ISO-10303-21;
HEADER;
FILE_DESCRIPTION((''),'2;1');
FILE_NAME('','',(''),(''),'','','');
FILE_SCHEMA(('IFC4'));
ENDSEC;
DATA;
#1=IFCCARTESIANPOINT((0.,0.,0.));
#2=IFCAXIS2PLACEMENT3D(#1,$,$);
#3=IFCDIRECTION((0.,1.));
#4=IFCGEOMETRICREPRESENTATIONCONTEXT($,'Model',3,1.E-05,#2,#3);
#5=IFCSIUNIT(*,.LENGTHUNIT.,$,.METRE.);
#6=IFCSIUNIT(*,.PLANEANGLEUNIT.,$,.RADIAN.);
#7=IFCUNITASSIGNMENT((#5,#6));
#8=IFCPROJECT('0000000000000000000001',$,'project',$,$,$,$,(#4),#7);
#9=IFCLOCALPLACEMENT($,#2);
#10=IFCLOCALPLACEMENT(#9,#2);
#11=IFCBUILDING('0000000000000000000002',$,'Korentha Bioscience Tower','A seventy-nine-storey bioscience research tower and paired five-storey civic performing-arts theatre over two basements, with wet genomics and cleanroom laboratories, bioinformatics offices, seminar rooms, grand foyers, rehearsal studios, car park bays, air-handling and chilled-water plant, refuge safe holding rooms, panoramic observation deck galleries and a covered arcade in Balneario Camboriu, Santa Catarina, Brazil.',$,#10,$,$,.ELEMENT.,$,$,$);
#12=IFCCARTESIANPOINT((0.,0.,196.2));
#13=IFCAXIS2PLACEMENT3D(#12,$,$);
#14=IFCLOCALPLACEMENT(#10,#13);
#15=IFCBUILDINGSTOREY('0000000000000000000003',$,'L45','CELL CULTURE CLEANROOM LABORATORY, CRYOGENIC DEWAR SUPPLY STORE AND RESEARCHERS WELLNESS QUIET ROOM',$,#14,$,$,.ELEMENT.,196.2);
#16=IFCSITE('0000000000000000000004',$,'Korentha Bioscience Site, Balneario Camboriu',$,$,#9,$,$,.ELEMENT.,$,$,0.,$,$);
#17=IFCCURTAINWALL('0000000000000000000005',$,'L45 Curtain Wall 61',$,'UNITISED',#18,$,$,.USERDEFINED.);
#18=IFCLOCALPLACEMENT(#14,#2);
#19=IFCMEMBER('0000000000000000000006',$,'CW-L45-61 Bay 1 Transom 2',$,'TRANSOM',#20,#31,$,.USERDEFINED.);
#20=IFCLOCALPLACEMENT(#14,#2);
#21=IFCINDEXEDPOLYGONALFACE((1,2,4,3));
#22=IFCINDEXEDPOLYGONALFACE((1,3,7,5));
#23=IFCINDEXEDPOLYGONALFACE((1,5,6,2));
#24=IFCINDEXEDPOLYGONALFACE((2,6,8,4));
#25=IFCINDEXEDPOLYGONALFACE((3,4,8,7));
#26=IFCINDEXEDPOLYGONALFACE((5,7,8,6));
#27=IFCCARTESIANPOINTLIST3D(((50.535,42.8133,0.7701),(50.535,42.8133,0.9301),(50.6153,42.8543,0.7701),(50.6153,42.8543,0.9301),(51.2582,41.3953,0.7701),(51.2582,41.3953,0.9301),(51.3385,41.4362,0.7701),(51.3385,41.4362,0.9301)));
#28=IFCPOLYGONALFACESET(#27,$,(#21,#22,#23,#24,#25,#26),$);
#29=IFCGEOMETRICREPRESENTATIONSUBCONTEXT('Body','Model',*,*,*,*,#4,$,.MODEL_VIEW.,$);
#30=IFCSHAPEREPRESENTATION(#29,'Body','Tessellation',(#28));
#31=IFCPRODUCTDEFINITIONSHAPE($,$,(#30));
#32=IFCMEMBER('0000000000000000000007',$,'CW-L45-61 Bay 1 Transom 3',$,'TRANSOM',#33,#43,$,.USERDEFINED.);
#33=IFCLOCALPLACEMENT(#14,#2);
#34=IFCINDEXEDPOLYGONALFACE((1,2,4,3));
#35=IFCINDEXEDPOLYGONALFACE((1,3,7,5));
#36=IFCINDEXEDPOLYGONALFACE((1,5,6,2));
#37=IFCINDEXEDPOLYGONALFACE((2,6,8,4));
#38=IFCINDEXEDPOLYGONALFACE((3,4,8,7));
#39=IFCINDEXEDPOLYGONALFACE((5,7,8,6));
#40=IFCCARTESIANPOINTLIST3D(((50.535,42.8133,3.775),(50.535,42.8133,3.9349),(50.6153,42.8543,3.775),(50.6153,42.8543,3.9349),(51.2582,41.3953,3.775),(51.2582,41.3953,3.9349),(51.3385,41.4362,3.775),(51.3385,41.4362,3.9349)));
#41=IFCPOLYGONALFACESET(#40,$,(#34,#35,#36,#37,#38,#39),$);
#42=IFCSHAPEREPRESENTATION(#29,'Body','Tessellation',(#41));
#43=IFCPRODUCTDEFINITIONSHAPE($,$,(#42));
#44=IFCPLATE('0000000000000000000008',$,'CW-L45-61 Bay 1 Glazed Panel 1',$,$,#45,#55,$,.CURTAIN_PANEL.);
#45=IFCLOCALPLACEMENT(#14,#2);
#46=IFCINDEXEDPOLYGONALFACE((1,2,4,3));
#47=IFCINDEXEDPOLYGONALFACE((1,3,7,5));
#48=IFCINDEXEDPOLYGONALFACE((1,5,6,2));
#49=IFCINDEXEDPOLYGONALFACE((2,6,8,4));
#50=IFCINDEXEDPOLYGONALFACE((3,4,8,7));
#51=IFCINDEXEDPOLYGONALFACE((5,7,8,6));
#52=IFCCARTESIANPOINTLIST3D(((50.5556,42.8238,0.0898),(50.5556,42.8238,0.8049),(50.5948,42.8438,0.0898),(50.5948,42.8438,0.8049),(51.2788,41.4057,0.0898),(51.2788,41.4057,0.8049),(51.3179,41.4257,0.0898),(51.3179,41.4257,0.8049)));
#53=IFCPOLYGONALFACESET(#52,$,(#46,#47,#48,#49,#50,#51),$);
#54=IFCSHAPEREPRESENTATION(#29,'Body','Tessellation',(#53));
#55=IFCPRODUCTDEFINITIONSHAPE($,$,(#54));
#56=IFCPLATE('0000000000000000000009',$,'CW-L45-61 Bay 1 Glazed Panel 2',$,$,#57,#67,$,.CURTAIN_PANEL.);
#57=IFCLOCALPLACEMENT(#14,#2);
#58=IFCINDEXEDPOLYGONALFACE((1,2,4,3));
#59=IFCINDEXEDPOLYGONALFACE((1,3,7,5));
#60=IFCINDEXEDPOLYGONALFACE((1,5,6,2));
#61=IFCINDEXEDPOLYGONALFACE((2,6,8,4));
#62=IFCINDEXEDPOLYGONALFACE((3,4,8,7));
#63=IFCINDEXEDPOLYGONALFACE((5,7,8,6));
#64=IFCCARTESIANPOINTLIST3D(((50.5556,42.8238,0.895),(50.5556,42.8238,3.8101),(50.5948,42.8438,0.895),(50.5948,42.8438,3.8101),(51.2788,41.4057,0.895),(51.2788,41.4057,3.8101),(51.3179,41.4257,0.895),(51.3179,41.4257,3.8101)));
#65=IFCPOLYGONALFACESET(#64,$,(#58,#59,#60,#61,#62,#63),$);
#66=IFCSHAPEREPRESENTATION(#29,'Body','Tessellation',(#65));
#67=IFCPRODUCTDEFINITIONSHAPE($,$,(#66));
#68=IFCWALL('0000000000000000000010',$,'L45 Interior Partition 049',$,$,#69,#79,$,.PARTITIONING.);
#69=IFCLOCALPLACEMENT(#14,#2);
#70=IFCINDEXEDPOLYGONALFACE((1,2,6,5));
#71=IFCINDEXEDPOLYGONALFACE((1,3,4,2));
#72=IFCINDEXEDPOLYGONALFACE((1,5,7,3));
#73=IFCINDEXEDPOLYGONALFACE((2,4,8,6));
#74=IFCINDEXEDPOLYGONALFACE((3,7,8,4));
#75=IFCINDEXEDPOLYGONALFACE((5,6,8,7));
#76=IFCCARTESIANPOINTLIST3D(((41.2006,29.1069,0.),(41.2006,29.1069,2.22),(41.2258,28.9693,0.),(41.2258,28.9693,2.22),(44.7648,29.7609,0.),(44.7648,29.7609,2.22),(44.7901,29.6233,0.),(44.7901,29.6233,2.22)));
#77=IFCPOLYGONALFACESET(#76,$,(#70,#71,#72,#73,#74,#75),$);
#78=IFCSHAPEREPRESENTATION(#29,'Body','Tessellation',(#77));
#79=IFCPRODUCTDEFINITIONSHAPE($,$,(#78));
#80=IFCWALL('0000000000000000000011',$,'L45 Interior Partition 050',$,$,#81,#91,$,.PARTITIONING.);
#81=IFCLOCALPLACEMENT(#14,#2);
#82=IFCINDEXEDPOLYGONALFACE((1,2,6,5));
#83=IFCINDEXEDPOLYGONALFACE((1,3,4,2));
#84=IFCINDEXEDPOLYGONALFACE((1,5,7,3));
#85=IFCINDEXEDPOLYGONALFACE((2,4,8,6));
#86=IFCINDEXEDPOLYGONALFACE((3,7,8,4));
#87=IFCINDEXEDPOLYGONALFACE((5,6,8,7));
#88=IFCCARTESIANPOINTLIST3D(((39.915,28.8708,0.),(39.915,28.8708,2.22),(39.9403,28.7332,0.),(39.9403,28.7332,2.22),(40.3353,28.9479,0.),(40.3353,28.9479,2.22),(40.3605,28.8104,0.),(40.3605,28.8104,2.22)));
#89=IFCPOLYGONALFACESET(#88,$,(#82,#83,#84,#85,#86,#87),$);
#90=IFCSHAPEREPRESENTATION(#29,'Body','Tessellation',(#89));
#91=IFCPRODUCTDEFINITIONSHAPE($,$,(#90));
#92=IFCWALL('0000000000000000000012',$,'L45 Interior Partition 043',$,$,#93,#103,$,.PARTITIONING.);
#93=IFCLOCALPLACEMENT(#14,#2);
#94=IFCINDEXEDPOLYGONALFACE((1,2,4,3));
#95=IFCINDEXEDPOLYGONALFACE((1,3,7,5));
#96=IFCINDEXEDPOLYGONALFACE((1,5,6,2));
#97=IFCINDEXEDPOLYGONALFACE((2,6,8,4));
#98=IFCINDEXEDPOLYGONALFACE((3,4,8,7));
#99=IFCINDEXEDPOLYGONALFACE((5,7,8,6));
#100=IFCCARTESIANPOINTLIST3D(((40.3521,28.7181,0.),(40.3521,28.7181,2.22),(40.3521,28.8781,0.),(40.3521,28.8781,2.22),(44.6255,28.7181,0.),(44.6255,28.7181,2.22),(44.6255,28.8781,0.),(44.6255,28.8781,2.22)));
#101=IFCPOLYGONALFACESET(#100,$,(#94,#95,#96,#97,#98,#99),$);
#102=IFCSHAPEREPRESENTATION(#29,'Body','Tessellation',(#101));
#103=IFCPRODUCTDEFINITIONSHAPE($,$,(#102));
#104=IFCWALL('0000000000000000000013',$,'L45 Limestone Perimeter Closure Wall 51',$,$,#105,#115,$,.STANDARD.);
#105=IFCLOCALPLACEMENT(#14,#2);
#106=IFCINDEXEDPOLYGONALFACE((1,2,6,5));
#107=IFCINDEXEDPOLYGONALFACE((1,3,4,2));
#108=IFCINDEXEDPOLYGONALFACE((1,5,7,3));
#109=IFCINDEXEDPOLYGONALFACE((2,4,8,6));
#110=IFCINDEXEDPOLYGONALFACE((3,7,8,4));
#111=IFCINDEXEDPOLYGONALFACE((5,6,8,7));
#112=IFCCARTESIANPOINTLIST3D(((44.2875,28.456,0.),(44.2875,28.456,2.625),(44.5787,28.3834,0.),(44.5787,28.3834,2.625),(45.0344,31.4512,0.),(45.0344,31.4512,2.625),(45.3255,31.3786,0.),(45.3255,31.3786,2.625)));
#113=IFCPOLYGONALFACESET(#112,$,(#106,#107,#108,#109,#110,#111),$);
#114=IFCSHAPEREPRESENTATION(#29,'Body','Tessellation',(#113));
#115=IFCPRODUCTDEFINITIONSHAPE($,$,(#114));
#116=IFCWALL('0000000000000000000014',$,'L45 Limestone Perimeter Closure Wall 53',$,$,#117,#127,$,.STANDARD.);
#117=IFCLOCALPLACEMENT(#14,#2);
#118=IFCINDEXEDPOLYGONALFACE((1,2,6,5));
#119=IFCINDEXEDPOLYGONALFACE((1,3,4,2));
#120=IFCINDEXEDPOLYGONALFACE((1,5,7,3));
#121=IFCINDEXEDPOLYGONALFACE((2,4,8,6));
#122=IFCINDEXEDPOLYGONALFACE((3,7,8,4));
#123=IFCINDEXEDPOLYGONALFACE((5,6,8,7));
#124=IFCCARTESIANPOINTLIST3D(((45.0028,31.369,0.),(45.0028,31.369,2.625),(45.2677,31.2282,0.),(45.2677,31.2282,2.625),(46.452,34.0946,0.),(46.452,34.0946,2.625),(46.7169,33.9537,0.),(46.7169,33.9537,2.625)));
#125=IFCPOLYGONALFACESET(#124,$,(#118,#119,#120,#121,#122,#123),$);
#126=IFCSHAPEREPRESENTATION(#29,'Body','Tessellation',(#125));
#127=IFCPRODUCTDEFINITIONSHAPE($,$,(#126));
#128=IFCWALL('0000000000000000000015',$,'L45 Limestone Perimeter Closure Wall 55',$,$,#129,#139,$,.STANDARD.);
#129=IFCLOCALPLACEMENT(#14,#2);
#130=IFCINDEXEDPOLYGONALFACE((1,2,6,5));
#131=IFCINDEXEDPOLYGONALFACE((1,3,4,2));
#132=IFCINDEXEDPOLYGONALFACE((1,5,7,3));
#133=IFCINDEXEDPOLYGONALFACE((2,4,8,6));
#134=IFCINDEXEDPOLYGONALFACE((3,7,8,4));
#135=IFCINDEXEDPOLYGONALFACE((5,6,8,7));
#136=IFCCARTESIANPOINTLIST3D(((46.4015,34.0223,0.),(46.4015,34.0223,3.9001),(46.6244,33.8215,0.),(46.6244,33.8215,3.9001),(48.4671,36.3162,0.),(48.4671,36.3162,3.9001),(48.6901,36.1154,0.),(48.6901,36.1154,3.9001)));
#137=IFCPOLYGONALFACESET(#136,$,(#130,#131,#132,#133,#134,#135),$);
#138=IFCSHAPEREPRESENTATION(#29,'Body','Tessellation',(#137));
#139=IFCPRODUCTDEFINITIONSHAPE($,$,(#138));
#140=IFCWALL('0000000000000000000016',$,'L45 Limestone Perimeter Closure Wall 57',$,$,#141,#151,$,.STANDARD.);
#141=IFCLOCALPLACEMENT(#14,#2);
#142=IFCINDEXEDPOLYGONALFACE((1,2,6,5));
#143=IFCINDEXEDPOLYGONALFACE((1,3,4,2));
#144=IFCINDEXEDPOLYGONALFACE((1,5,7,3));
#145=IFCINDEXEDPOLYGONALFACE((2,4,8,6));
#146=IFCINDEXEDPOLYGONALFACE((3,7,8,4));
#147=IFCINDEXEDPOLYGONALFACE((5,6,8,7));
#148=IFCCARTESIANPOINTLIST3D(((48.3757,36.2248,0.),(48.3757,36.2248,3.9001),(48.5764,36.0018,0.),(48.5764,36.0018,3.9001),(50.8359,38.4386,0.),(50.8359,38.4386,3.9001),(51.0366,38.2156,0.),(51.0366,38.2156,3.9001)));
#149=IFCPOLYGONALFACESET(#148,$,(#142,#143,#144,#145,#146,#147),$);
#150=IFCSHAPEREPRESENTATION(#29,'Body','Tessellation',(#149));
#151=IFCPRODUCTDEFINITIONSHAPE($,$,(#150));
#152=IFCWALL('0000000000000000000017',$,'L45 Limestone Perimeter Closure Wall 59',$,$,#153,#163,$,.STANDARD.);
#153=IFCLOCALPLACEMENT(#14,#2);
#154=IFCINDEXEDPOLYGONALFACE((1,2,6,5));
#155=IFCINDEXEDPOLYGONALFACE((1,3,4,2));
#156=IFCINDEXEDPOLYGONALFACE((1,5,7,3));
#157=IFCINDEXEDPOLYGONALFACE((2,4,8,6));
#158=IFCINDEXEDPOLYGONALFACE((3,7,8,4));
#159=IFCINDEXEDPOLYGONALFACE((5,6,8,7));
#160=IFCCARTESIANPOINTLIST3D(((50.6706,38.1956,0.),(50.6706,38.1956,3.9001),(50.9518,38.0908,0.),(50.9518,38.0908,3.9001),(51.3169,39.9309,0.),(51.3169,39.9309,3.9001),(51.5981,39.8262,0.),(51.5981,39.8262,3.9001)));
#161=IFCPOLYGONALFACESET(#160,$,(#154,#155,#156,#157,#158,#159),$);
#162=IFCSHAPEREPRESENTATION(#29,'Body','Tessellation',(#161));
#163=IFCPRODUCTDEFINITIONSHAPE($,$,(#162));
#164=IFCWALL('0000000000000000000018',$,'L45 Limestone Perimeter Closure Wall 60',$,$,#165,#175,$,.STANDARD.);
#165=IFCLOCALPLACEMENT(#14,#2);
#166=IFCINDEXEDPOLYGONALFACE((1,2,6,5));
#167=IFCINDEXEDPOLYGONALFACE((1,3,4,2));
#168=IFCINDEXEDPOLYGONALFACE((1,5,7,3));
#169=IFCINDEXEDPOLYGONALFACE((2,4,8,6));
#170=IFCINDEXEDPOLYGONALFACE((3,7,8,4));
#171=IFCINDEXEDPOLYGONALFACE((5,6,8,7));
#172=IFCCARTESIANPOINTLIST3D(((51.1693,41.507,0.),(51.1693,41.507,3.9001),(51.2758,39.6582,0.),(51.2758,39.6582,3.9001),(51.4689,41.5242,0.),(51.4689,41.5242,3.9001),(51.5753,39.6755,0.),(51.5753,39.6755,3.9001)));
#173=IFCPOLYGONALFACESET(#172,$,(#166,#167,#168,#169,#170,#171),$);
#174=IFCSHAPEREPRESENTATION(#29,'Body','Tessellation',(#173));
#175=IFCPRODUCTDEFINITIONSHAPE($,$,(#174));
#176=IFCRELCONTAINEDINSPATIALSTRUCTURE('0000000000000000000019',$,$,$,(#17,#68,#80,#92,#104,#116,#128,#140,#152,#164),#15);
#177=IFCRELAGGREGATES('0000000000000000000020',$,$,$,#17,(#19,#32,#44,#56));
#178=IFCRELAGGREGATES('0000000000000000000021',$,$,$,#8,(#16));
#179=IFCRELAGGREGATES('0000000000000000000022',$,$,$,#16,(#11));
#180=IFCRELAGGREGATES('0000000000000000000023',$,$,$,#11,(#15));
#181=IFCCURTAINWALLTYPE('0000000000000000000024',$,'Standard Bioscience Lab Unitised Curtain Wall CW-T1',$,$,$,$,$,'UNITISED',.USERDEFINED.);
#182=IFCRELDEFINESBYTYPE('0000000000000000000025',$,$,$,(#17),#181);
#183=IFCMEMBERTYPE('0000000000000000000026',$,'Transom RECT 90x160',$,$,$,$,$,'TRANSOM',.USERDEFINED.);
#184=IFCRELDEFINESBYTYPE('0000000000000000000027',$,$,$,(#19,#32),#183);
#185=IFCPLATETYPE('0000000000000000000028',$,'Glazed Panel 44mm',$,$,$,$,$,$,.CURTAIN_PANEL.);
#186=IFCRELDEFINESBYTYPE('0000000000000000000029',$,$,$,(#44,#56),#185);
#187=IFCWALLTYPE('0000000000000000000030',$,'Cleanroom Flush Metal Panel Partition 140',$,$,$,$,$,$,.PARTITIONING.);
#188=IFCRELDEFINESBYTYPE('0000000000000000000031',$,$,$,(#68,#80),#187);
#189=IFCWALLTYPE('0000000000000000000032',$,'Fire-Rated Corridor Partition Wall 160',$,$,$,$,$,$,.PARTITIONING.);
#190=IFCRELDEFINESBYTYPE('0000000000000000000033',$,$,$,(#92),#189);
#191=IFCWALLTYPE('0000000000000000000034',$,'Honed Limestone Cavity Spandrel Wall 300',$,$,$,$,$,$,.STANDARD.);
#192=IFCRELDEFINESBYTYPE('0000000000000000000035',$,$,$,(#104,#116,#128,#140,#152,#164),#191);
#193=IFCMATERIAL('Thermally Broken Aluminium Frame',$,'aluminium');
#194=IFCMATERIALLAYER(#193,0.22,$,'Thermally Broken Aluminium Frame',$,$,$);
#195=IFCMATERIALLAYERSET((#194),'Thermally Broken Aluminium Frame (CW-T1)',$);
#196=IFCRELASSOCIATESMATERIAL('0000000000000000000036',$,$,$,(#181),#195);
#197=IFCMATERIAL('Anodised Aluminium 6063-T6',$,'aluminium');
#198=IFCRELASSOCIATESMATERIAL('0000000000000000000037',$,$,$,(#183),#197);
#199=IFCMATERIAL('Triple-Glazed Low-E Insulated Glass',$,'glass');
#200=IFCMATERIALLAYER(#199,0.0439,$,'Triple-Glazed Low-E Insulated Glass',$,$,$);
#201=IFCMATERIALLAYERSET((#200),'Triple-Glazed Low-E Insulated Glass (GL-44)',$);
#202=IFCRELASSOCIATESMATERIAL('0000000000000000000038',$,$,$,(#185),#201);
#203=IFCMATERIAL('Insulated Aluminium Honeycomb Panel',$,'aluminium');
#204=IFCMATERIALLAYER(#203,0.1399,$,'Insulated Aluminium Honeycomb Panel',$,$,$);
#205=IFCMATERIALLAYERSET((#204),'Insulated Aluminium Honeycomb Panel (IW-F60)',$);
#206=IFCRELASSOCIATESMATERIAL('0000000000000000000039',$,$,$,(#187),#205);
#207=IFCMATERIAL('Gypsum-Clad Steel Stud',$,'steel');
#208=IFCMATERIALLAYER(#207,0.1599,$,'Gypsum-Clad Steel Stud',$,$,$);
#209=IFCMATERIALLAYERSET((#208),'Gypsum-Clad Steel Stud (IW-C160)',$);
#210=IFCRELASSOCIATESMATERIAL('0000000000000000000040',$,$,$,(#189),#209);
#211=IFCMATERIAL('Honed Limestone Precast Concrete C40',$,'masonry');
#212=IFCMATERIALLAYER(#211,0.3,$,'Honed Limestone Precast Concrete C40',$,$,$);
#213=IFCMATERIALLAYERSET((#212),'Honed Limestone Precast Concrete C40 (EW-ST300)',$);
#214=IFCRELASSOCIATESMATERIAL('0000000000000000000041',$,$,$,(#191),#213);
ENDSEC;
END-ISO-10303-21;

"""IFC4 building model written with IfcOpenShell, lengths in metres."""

from ifc_helpers import new_model, si_unit, direction, frame, frame_2d, origin, origin_2d, place, context, subcontext, project, spatial, rectangle, extrude, material, layer, layer_set, material_profile, profile_set, type_object, element, aggregate, save


model = new_model("IFC4")

# Units and contexts
model_context = context("Model", 3, precision=1e-05, world=origin(), true_north=direction((0.0, 1.0)))
body_context = subcontext(model_context, "Body", "Model", "MODEL_VIEW")
ifc_project = project(units=[si_unit("LENGTHUNIT", "METRE"), si_unit("PLANEANGLEUNIT", "RADIAN")], contexts=[model_context])

# Site, building, storey
site_placement = place(None, origin())
site = spatial("IfcSite", under=ifc_project, at=site_placement, Name="Korentha Bioscience Site, Balneario Camboriu", CompositionType="ELEMENT", RefElevation=0.0)
building_placement = place(site_placement, origin())
building = spatial("IfcBuilding", under=site, at=building_placement, Name="Korentha Bioscience Tower", Description="A seventy-nine-storey bioscience research tower and paired five-storey civic performing-arts theatre over two basements, with wet genomics and cleanroom laboratories, bioinformatics offices, seminar rooms, grand foyers, rehearsal studios, car park bays, air-handling and chilled-water plant, refuge safe holding rooms, panoramic observation deck galleries and a covered arcade in Balneario Camboriu, Santa Catarina, Brazil.", CompositionType="ELEMENT")
storey_placement = place(building_placement, frame((0.0, 0.0, 196.2)))
storey = spatial("IfcBuildingStorey", under=building, at=storey_placement, Name="L45", Description="CELL CULTURE CLEANROOM LABORATORY, CRYOGENIC DEWAR SUPPLY STORE AND RESEARCHERS WELLNESS QUIET ROOM", CompositionType="ELEMENT", Elevation=196.2)

# Curtain wall, members, plates
ifc_material_1 = material(Name="Thermally Broken Aluminium Frame", Category="aluminium")
ifc_layer_1 = layer(ifc_material_1, 0.22, Name="Thermally Broken Aluminium Frame")
ifc_layer_set_1 = layer_set([ifc_layer_1], Name="Thermally Broken Aluminium Frame (CW-T1)")
curtain_wall_type = type_object("IfcCurtainWallType", Name="Standard Bioscience Lab Unitised Curtain Wall CW-T1", ElementType="UNITISED", PredefinedType="USERDEFINED", material=ifc_layer_set_1)
curtain_wall_placement = place(storey_placement, origin())
curtain_wall = element("IfcCurtainWall", 1, at=curtain_wall_placement, inside=storey, type_object=curtain_wall_type, Name="L45 Curtain Wall 61", ObjectType="UNITISED", PredefinedType="USERDEFINED")
ifc_material_2 = material(Name="Anodised Aluminium 6063-T6", Category="aluminium")
ifc_material_profile_1 = material_profile(ifc_material_2, rectangle(XDim=0.0901, YDim=0.1599, at=origin_2d()), Name="Anodised Aluminium 6063-T6")
ifc_profile_set_1 = profile_set([ifc_material_profile_1], Name="Anodised Aluminium 6063-T6 (CW-TRN)")
member_type_1 = type_object("IfcMemberType", Name="Transom RECT 90x160", ElementType="TRANSOM", PredefinedType="USERDEFINED", material=ifc_profile_set_1)
member_1_placement = place(storey_placement, frame((51.2983, 41.4158, 0.8501), z_axis=(-0.454316, 0.89084, 0.0), x_axis=(-0.89084, -0.454316, 0.0)))
member_1 = element("IfcMember", 2, at=member_1_placement, type_object=member_type_1, Name="CW-L45-61 Bay 1 Transom 2", ObjectType="TRANSOM", PredefinedType="USERDEFINED", context=body_context, shape_type="SweptSolid", body=[
    extrude(rectangle(XDim=0.0901, YDim=0.1599, at=origin_2d()), origin(), (0.0, 0.0, 1.0), 1.5918),
])
member_2_placement = place(storey_placement, frame((51.2983, 41.4158, 3.855), z_axis=(-0.454316, 0.89084, 0.0), x_axis=(-0.89084, -0.454316, 0.0)))
member_2 = element("IfcMember", 3, at=member_2_placement, type_object=member_type_1, Name="CW-L45-61 Bay 1 Transom 3", ObjectType="TRANSOM", PredefinedType="USERDEFINED", context=body_context, shape_type="SweptSolid", body=[
    extrude(rectangle(XDim=0.0901, YDim=0.1599, at=origin_2d()), origin(), (0.0, 0.0, 1.0), 1.5918),
])
ifc_material_3 = material(Name="Triple-Glazed Low-E Insulated Glass", Category="glass")
ifc_layer_2 = layer(ifc_material_3, 0.0439, Name="Triple-Glazed Low-E Insulated Glass")
ifc_layer_set_2 = layer_set([ifc_layer_2], Name="Triple-Glazed Low-E Insulated Glass (GL-44)")
plate_type = type_object("IfcPlateType", Name="Glazed Panel 44mm", PredefinedType="CURTAIN_PANEL", material=ifc_layer_set_2)
plate_1_placement = place(storey_placement, frame((50.9368, 42.1248, 0.0898), z_axis=(0.0, 0.0, 1.0), x_axis=(-0.454288, 0.890855, 0.0)))
plate_1 = element("IfcPlate", 4, at=plate_1_placement, type_object=plate_type, Name="CW-L45-61 Bay 1 Glazed Panel 1", PredefinedType="CURTAIN_PANEL", context=body_context, shape_type="SweptSolid", body=[
    extrude(rectangle(XDim=1.5918, YDim=0.0439, at=origin_2d()), origin(), (0.0, 0.0, 1.0), 0.7151),
])
plate_2_placement = place(storey_placement, frame((50.9368, 42.1248, 0.895), z_axis=(0.0, 0.0, 1.0), x_axis=(-0.454288, 0.890855, 0.0)))
plate_2 = element("IfcPlate", 5, at=plate_2_placement, type_object=plate_type, Name="CW-L45-61 Bay 1 Glazed Panel 2", PredefinedType="CURTAIN_PANEL", context=body_context, shape_type="SweptSolid", body=[
    extrude(rectangle(XDim=1.5918, YDim=0.0439, at=origin_2d()), origin(), (0.0, 0.0, 1.0), 2.915),
])
aggregate(curtain_wall, [member_1, member_2, plate_1, plate_2])

# Walls
ifc_material_4 = material(Name="Insulated Aluminium Honeycomb Panel", Category="aluminium")
ifc_layer_3 = layer(ifc_material_4, 0.1399, Name="Insulated Aluminium Honeycomb Panel")
ifc_layer_set_3 = layer_set([ifc_layer_3], Name="Insulated Aluminium Honeycomb Panel (IW-F60)")
wall_type_1 = type_object("IfcWallType", Name="Cleanroom Flush Metal Panel Partition 140", PredefinedType="PARTITIONING", material=ifc_layer_set_3)
wall_1_placement = place(storey_placement, frame((44.7776, 29.6921, 0.0), z_axis=(0.0, 0.0, 1.0), x_axis=(-0.983576, -0.180492, 0.0)))
element("IfcWall", 6, at=wall_1_placement, inside=storey, type_object=wall_type_1, Name="L45 Interior Partition 049", PredefinedType="PARTITIONING", context=body_context, shape_type="SweptSolid", body=[
    extrude(rectangle(XDim=3.6238, YDim=0.1399, at=frame_2d((1.812, 0.0))), origin(), (0.0, 0.0, 1.0), 2.22),
])
wall_2_placement = place(storey_placement, frame((40.3479, 28.8792, 0.0), z_axis=(0.0, 0.0, 1.0), x_axis=(-0.983558, -0.180595, 0.0)))
element("IfcWall", 7, at=wall_2_placement, inside=storey, type_object=wall_type_1, Name="L45 Interior Partition 050", PredefinedType="PARTITIONING", context=body_context, shape_type="SweptSolid", body=[
    extrude(rectangle(XDim=0.4272, YDim=0.1399, at=frame_2d((0.2136, 0.0))), origin(), (0.0, 0.0, 1.0), 2.22),
])
ifc_material_5 = material(Name="Gypsum-Clad Steel Stud", Category="steel")
ifc_layer_4 = layer(ifc_material_5, 0.1599, Name="Gypsum-Clad Steel Stud")
ifc_layer_set_4 = layer_set([ifc_layer_4], Name="Gypsum-Clad Steel Stud (IW-C160)")
wall_type_2 = type_object("IfcWallType", Name="Fire-Rated Corridor Partition Wall 160", PredefinedType="PARTITIONING", material=ifc_layer_set_4)
wall_3_placement = place(storey_placement, frame((40.3521, 28.7981, 0.0), z_axis=(0.0, 0.0, 1.0), x_axis=(1.0, 0.0, 0.0)))
element("IfcWall", 8, at=wall_3_placement, inside=storey, type_object=wall_type_2, Name="L45 Interior Partition 043", PredefinedType="PARTITIONING", context=body_context, shape_type="SweptSolid", body=[
    extrude(rectangle(XDim=4.2734, YDim=0.1599, at=frame_2d((2.1367, 0.0))), origin(), (0.0, 0.0, 1.0), 2.22),
])
ifc_material_6 = material(Name="Honed Limestone Precast Concrete C40", Category="masonry")
ifc_layer_5 = layer(ifc_material_6, 0.3, Name="Honed Limestone Precast Concrete C40")
ifc_layer_set_5 = layer_set([ifc_layer_5], Name="Honed Limestone Precast Concrete C40 (EW-ST300)")
wall_type_3 = type_object("IfcWallType", Name="Honed Limestone Cavity Spandrel Wall 300", PredefinedType="STANDARD", material=ifc_layer_set_5)
for number, where, z_axis, x_axis, name in (
    (9, (44.4331, 28.4197, 0.0), (0.0, 0.0, 1.0), (0.24194, 0.970291, 0.0), "L45 Limestone Perimeter Closure Wall 51"),
    (10, (45.1353, 31.2986, 0.0), (0.0, 0.0, 1.0), (0.469471, 0.882948, 0.0), "L45 Limestone Perimeter Closure Wall 53"),
):
    element("IfcWall", number, at=place(storey_placement, frame(where, z_axis=z_axis, x_axis=x_axis)), inside=storey, type_object=wall_type_3, Name=name, PredefinedType="STANDARD", context=body_context, shape_type="SweptSolid", body=[
        extrude(rectangle(XDim=3.0869, YDim=0.3, at=frame_2d((1.5435, 0.0))), origin(), (0.0, 0.0, 1.0), 2.625),
    ])
wall_4_placement = place(storey_placement, frame((46.5129, 33.9219, 0.0), z_axis=(0.0, 0.0, 1.0), x_axis=(0.669166, 0.743113, 0.0)))
element("IfcWall", 11, at=wall_4_placement, inside=storey, type_object=wall_type_3, Name="L45 Limestone Perimeter Closure Wall 55", PredefinedType="STANDARD", context=body_context, shape_type="SweptSolid", body=[
    extrude(rectangle(XDim=3.0869, YDim=0.3, at=frame_2d((1.5435, 0.0))), origin(), (0.0, 0.0, 1.0), 3.9001),
])
wall_5_placement = place(storey_placement, frame((48.4761, 36.1133, 0.0), z_axis=(0.0, 0.0, 1.0), x_axis=(0.743342, 0.668912, 0.0)))
element("IfcWall", 12, at=wall_5_placement, inside=storey, type_object=wall_type_3, Name="L45 Limestone Perimeter Closure Wall 57", PredefinedType="STANDARD", context=body_context, shape_type="SweptSolid", body=[
    extrude(rectangle(XDim=3.3096, YDim=0.3, at=frame_2d((1.6548, 0.0))), origin(), (0.0, 0.0, 1.0), 3.9001),
])
for number, where, z_axis, x_axis, name in (
    (13, (50.8113, 38.1433, 0.0), (0.0, 0.0, 1.0), (0.348984, 0.937129, 0.0), "L45 Limestone Perimeter Closure Wall 59"),
    (14, (51.4255, 39.667, 0.0), (0.0, 0.0, 1.0), (-0.057485, 0.998346, 0.0), "L45 Limestone Perimeter Closure Wall 60"),
):
    element("IfcWall", number, at=place(storey_placement, frame(where, z_axis=z_axis, x_axis=x_axis)), inside=storey, type_object=wall_type_3, Name=name, PredefinedType="STANDARD", context=body_context, shape_type="SweptSolid", body=[
        extrude(rectangle(XDim=1.8518, YDim=0.3, at=frame_2d((0.9258, 0.0))), origin(), (0.0, 0.0, 1.0), 3.9001),
    ])

save(model, "model.ifc")
